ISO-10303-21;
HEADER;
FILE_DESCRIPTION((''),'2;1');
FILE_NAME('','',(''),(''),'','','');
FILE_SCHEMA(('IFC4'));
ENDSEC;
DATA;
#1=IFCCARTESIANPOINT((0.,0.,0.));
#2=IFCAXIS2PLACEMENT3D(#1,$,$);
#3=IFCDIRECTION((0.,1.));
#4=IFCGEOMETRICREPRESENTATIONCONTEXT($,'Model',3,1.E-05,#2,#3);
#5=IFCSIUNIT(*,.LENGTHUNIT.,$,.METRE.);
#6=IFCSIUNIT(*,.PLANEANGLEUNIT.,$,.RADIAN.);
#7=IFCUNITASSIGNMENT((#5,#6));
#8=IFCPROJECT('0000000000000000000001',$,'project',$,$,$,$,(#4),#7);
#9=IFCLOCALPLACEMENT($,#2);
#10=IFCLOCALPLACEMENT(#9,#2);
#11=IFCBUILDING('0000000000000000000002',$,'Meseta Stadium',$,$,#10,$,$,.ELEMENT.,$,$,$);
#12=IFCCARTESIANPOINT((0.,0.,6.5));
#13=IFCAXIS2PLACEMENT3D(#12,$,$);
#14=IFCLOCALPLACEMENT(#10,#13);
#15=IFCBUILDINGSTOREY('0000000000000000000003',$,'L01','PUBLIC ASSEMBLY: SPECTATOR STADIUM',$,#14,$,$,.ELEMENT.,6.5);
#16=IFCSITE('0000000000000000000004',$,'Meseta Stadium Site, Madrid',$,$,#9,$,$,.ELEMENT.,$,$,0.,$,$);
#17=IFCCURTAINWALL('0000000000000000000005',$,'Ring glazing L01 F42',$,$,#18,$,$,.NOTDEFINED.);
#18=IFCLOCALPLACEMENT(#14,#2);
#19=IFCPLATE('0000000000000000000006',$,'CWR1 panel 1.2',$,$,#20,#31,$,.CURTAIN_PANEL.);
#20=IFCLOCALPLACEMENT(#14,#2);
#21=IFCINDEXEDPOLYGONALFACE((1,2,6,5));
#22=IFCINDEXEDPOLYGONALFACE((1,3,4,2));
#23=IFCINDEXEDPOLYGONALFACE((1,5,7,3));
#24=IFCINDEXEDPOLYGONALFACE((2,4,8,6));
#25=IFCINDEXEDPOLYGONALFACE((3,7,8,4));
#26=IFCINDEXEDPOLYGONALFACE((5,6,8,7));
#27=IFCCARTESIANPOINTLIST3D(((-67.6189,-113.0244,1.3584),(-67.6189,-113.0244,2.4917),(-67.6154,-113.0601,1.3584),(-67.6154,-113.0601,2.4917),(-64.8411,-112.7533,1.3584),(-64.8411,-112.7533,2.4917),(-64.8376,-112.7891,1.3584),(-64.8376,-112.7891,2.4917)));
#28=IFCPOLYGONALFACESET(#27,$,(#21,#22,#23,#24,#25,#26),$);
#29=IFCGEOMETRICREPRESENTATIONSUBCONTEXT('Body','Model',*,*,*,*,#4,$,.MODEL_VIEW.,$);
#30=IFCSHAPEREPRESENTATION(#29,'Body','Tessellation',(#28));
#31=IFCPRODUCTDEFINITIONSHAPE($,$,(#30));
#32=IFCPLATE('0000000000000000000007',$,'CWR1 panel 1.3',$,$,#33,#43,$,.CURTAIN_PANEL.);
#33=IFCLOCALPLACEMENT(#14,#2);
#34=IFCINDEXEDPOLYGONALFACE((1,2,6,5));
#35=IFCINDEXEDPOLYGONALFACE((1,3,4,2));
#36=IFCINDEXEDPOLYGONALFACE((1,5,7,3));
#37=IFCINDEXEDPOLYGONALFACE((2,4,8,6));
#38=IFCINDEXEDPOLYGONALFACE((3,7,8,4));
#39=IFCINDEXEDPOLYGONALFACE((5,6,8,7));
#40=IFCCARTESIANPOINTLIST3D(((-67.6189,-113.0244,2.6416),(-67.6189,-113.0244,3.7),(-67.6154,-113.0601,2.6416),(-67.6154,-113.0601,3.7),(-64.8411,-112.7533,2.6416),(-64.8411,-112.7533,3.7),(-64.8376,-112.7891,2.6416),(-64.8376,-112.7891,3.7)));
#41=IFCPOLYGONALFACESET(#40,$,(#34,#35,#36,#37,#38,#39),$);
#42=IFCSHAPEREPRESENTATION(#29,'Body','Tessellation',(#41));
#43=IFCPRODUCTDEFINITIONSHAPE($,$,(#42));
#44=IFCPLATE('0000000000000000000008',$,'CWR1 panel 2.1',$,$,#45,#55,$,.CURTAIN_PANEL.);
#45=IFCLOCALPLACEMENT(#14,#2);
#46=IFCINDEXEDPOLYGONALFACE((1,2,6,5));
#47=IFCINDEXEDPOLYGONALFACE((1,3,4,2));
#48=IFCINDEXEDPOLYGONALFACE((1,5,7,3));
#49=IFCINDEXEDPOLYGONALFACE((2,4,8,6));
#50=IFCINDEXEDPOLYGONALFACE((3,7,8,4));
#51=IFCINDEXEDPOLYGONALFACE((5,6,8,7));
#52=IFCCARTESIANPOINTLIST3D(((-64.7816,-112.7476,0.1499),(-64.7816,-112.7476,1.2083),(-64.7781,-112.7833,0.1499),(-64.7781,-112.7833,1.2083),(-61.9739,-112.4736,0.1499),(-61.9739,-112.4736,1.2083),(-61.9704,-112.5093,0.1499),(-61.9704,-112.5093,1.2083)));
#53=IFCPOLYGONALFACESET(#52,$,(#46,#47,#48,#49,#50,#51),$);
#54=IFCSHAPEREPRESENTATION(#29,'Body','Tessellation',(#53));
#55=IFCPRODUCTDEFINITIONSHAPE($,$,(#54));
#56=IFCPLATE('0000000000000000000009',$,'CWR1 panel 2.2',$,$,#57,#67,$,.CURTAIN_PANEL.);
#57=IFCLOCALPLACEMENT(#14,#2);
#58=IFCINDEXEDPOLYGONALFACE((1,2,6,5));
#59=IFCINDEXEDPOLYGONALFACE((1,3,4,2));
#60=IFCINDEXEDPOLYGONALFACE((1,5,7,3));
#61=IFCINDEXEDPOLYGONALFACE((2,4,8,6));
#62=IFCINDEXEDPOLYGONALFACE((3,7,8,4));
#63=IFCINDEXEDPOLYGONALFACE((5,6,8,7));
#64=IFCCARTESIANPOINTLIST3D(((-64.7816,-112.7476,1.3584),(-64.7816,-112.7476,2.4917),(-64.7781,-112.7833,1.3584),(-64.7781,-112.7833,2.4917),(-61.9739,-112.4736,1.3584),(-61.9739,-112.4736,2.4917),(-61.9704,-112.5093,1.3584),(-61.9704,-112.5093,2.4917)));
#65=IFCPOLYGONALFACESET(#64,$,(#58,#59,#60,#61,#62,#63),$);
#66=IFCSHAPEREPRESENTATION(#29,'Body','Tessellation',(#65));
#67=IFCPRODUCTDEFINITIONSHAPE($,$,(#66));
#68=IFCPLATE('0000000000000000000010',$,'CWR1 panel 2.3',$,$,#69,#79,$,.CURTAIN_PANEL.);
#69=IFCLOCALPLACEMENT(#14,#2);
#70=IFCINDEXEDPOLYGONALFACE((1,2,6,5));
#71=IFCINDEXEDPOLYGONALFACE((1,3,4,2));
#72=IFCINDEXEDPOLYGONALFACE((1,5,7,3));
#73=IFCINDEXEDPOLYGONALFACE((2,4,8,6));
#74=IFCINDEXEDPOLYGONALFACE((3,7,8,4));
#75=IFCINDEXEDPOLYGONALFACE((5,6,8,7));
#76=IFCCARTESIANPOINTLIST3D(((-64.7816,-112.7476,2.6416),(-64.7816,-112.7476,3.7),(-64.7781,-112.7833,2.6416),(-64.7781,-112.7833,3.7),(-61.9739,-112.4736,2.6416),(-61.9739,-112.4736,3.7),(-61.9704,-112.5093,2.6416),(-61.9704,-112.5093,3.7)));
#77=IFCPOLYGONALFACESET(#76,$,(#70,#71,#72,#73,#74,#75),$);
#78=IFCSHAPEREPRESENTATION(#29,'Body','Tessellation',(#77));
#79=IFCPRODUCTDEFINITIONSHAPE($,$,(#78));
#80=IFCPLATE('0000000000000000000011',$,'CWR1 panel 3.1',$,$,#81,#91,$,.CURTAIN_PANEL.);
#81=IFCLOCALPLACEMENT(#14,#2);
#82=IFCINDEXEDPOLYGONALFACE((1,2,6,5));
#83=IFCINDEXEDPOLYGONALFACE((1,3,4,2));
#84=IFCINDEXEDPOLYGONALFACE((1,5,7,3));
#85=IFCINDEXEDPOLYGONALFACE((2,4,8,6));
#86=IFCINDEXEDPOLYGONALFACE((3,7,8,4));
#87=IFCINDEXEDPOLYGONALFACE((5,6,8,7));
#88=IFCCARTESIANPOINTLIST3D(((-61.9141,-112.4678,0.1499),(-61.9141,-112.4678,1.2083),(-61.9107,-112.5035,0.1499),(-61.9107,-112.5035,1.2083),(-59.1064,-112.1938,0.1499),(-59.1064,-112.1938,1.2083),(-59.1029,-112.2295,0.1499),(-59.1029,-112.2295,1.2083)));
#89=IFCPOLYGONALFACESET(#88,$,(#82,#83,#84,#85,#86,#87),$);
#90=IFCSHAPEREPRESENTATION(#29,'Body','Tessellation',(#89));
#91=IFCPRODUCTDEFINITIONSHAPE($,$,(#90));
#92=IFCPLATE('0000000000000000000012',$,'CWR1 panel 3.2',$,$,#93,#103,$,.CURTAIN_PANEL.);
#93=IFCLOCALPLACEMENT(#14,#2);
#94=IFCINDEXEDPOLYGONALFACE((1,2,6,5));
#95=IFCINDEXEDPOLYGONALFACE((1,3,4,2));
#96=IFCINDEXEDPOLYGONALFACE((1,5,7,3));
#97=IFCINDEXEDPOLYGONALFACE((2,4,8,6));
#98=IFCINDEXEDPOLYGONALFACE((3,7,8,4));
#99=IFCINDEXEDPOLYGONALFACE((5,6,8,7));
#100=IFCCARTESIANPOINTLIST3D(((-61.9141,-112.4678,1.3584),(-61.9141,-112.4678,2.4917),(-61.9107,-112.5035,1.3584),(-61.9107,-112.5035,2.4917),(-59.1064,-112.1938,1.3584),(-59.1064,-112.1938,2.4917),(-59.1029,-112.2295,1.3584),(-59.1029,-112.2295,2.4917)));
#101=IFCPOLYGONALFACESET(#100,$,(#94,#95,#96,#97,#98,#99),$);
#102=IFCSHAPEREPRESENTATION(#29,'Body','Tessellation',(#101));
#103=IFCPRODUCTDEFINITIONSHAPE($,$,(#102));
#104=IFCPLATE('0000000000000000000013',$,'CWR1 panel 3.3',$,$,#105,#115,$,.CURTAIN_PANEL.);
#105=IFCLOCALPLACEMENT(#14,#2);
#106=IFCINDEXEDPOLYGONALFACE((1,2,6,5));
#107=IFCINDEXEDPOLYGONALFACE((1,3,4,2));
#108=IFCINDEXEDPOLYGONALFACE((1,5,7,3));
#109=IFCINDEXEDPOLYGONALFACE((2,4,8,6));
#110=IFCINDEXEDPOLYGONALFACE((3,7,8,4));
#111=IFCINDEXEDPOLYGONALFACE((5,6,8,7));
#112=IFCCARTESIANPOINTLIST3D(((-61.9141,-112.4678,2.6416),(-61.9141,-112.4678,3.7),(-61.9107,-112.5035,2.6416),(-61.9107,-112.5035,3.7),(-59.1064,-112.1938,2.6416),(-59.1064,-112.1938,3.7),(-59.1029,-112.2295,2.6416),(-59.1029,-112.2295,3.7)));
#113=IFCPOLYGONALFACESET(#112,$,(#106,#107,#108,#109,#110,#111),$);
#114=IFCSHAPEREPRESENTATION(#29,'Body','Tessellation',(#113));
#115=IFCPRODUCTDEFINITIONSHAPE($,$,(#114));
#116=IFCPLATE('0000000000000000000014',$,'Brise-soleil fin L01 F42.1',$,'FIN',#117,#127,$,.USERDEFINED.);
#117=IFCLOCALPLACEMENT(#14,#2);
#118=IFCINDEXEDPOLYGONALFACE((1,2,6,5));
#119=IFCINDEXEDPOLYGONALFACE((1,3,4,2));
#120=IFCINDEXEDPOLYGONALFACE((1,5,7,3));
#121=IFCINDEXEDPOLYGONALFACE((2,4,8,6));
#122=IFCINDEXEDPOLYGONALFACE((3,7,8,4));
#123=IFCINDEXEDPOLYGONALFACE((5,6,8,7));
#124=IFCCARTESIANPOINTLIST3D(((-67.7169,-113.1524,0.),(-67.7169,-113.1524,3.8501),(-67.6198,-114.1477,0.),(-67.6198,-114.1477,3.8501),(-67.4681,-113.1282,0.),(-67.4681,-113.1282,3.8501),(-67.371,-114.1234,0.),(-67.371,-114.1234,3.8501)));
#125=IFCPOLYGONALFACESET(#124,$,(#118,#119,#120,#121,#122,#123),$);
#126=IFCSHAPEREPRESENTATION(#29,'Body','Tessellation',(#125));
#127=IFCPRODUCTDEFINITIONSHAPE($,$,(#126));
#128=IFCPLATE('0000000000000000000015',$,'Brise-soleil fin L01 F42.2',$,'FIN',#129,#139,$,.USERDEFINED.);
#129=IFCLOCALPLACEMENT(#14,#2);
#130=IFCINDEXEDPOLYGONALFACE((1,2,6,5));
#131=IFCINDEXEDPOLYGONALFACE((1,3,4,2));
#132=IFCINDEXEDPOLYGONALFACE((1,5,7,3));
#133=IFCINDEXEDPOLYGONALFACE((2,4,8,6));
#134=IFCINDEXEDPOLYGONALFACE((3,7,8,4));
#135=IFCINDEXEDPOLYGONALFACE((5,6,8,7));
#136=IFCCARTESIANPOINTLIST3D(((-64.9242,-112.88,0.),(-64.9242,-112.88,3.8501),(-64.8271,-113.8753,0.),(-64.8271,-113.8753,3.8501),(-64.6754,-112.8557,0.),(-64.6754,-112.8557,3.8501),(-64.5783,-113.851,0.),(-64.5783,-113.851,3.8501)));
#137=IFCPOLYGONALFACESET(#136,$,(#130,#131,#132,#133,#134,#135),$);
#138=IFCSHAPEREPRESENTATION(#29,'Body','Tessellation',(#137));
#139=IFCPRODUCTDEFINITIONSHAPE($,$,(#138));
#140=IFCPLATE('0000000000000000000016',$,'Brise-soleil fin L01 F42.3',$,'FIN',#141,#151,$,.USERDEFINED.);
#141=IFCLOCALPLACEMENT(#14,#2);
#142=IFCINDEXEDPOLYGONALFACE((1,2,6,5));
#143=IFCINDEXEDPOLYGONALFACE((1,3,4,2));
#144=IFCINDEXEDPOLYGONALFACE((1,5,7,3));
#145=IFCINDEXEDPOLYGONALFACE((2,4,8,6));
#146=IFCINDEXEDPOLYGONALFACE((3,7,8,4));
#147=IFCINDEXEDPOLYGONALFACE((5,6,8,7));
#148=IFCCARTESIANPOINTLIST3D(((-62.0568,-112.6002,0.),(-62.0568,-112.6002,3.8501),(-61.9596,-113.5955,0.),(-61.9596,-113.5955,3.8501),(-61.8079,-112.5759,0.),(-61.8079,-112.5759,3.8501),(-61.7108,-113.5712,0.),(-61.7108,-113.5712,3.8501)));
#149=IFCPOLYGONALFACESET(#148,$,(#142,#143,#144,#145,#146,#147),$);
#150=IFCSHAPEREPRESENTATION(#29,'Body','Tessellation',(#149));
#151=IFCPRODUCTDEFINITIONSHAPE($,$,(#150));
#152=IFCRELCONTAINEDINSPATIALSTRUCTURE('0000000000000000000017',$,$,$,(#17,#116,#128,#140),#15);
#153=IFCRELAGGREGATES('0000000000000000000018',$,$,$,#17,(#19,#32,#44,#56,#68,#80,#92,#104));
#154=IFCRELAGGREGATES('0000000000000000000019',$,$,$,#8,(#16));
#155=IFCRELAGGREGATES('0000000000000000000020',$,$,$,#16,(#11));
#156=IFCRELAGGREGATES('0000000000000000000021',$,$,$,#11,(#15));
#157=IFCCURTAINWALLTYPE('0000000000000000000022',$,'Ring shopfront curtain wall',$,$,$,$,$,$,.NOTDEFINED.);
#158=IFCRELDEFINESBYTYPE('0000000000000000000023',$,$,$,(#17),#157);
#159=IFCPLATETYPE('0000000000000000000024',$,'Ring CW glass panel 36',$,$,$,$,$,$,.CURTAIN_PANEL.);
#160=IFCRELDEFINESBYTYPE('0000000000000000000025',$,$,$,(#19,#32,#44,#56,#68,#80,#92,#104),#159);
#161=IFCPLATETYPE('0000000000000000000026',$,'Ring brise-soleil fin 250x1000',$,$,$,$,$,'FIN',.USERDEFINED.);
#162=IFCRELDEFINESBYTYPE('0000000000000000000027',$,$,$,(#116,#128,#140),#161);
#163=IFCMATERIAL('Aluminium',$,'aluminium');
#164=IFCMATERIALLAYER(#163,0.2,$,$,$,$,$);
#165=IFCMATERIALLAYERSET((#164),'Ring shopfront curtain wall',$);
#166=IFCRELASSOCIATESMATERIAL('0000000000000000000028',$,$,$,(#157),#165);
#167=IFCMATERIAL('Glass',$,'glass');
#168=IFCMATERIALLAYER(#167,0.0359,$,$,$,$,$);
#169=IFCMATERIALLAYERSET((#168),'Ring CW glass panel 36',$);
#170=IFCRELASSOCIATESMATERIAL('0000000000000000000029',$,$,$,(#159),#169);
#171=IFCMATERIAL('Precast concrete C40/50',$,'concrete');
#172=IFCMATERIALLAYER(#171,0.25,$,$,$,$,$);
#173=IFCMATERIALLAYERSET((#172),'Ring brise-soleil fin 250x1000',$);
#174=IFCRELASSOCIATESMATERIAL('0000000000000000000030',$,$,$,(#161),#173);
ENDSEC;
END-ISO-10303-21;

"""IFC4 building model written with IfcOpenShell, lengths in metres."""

from ifc_helpers import new_model, si_unit, direction, frame, origin, origin_2d, place, context, subcontext, project, spatial, rectangle, extrude, material, layer, layer_set, type_object, element, aggregate, save


model = new_model("IFC4")

# Units and contexts
model_context = context("Model", 3, precision=1e-05, world=origin(), true_north=direction((0.0, 1.0)))
body_context = subcontext(model_context, "Body", "Model", "MODEL_VIEW")
ifc_project = project(units=[si_unit("LENGTHUNIT", "METRE"), si_unit("PLANEANGLEUNIT", "RADIAN")], contexts=[model_context])

# Site, building, storey
site_placement = place(None, origin())
site = spatial("IfcSite", under=ifc_project, at=site_placement, Name="Meseta Stadium Site, Madrid", CompositionType="ELEMENT", RefElevation=0.0)
building_placement = place(site_placement, origin())
building = spatial("IfcBuilding", under=site, at=building_placement, Name="Meseta Stadium", CompositionType="ELEMENT")
storey_placement = place(building_placement, frame((0.0, 0.0, 6.5)))
storey = spatial("IfcBuildingStorey", under=building, at=storey_placement, Name="L01", Description="PUBLIC ASSEMBLY: SPECTATOR STADIUM", CompositionType="ELEMENT", Elevation=6.5)

# Curtain wall
ifc_material_1 = material(Name="Aluminium", Category="aluminium")
ifc_layer_1 = layer(ifc_material_1, 0.2)
ifc_layer_set_1 = layer_set([ifc_layer_1], Name="Ring shopfront curtain wall")
curtain_wall_type_1 = type_object("IfcCurtainWallType", Name="Ring shopfront curtain wall", PredefinedType="NOTDEFINED", material=ifc_layer_set_1)
curtain_wall_1_placement = place(storey_placement, origin())
curtain_wall_1 = element("IfcCurtainWall", 1, at=curtain_wall_1_placement, inside=storey, type_object=curtain_wall_type_1, Name="Ring glazing L01 F42", PredefinedType="NOTDEFINED")

# Plates
ifc_material_2 = material(Name="Glass", Category="glass")
ifc_layer_2 = layer(ifc_material_2, 0.0359)
ifc_layer_set_2 = layer_set([ifc_layer_2], Name="Ring CW glass panel 36")
plate_type_1 = type_object("IfcPlateType", Name="Ring CW glass panel 36", PredefinedType="CURTAIN_PANEL", material=ifc_layer_set_2)
plate_1_placement = place(storey_placement, frame((-66.2283, -112.9067, 1.3584), z_axis=(0.0, 0.0, 1.0), x_axis=(0.995272, 0.097125, 0.0)))
plate_1 = element("IfcPlate", 2, at=plate_1_placement, type_object=plate_type_1, Name="CWR1 panel 1.2", PredefinedType="CURTAIN_PANEL", context=body_context, shape_type="SweptSolid", body=[
    extrude(rectangle(XDim=2.791, YDim=0.0359, at=origin_2d()), origin(), (0.0, 0.0, 1.0), 1.1333),
])
plate_2_placement = place(storey_placement, frame((-66.2283, -112.9067, 2.6416), z_axis=(0.0, 0.0, 1.0), x_axis=(0.995272, 0.097125, 0.0)))
plate_2 = element("IfcPlate", 3, at=plate_2_placement, type_object=plate_type_1, Name="CWR1 panel 1.3", PredefinedType="CURTAIN_PANEL", context=body_context, shape_type="SweptSolid", body=[
    extrude(rectangle(XDim=2.791, YDim=0.0359, at=origin_2d()), origin(), (0.0, 0.0, 1.0), 1.0583),
])
plate_3_placement = place(storey_placement, frame((-63.376, -112.6284, 0.1499), z_axis=(0.0, 0.0, 1.0), x_axis=(0.995272, 0.097125, 0.0)))
plate_3 = element("IfcPlate", 4, at=plate_3_placement, type_object=plate_type_1, Name="CWR1 panel 2.1", PredefinedType="CURTAIN_PANEL", context=body_context, shape_type="SweptSolid", body=[
    extrude(rectangle(XDim=2.821, YDim=0.0359, at=origin_2d()), origin(), (0.0, 0.0, 1.0), 1.0583),
])
plate_4_placement = place(storey_placement, frame((-63.376, -112.6284, 1.3584), z_axis=(0.0, 0.0, 1.0), x_axis=(0.995272, 0.097125, 0.0)))
plate_4 = element("IfcPlate", 5, at=plate_4_placement, type_object=plate_type_1, Name="CWR1 panel 2.2", PredefinedType="CURTAIN_PANEL", context=body_context, shape_type="SweptSolid", body=[
    extrude(rectangle(XDim=2.821, YDim=0.0359, at=origin_2d()), origin(), (0.0, 0.0, 1.0), 1.1333),
])
plate_5_placement = place(storey_placement, frame((-63.376, -112.6284, 2.6416), z_axis=(0.0, 0.0, 1.0), x_axis=(0.995272, 0.097125, 0.0)))
plate_5 = element("IfcPlate", 6, at=plate_5_placement, type_object=plate_type_1, Name="CWR1 panel 2.3", PredefinedType="CURTAIN_PANEL", context=body_context, shape_type="SweptSolid", body=[
    extrude(rectangle(XDim=2.821, YDim=0.0359, at=origin_2d()), origin(), (0.0, 0.0, 1.0), 1.0583),
])
plate_6_placement = place(storey_placement, frame((-60.5085, -112.3486, 0.1499), z_axis=(0.0, 0.0, 1.0), x_axis=(0.995272, 0.097125, 0.0)))
plate_6 = element("IfcPlate", 7, at=plate_6_placement, type_object=plate_type_1, Name="CWR1 panel 3.1", PredefinedType="CURTAIN_PANEL", context=body_context, shape_type="SweptSolid", body=[
    extrude(rectangle(XDim=2.821, YDim=0.0359, at=origin_2d()), origin(), (0.0, 0.0, 1.0), 1.0583),
])
plate_7_placement = place(storey_placement, frame((-60.5085, -112.3486, 1.3584), z_axis=(0.0, 0.0, 1.0), x_axis=(0.995272, 0.097125, 0.0)))
plate_7 = element("IfcPlate", 8, at=plate_7_placement, type_object=plate_type_1, Name="CWR1 panel 3.2", PredefinedType="CURTAIN_PANEL", context=body_context, shape_type="SweptSolid", body=[
    extrude(rectangle(XDim=2.821, YDim=0.0359, at=origin_2d()), origin(), (0.0, 0.0, 1.0), 1.1333),
])
plate_8_placement = place(storey_placement, frame((-60.5085, -112.3486, 2.6416), z_axis=(0.0, 0.0, 1.0), x_axis=(0.995272, 0.097125, 0.0)))
plate_8 = element("IfcPlate", 9, at=plate_8_placement, type_object=plate_type_1, Name="CWR1 panel 3.3", PredefinedType="CURTAIN_PANEL", context=body_context, shape_type="SweptSolid", body=[
    extrude(rectangle(XDim=2.821, YDim=0.0359, at=origin_2d()), origin(), (0.0, 0.0, 1.0), 1.0583),
])
aggregate(curtain_wall_1, [plate_1, plate_2, plate_3, plate_4, plate_5, plate_6, plate_7, plate_8])

# Plates
ifc_material_3 = material(Name="Precast concrete C40/50", Category="concrete")
ifc_layer_3 = layer(ifc_material_3, 0.25)
ifc_layer_set_3 = layer_set([ifc_layer_3], Name="Ring brise-soleil fin 250x1000")
plate_type_2 = type_object("IfcPlateType", Name="Ring brise-soleil fin 250x1000", ElementType="FIN", PredefinedType="USERDEFINED", material=ifc_layer_set_3)
for number, where, z_axis, x_axis, name in (
    (10, (-67.5439, -113.6379, 0.0), (0.0, 0.0, 1.0), (0.995272, 0.097123, 0.0), "Brise-soleil fin L01 F42.1"),
    (11, (-64.7512, -113.3655, 0.0), (0.0, 0.0, 1.0), (0.995272, 0.097123, 0.0), "Brise-soleil fin L01 F42.2"),
    (12, (-61.8838, -113.0857, 0.0), (0.0, 0.0, 1.0), (0.995272, 0.097123, 0.0), "Brise-soleil fin L01 F42.3"),
):
    element("IfcPlate", number, at=place(storey_placement, frame(where, z_axis=z_axis, x_axis=x_axis)), inside=storey, type_object=plate_type_2, Name=name, ObjectType="FIN", PredefinedType="USERDEFINED", context=body_context, shape_type="SweptSolid", body=[
        extrude(rectangle(XDim=0.25, YDim=1.0, at=origin_2d()), origin(), (0.0, 0.0, 1.0), 3.8501),
    ])

save(model, "model.ifc")
